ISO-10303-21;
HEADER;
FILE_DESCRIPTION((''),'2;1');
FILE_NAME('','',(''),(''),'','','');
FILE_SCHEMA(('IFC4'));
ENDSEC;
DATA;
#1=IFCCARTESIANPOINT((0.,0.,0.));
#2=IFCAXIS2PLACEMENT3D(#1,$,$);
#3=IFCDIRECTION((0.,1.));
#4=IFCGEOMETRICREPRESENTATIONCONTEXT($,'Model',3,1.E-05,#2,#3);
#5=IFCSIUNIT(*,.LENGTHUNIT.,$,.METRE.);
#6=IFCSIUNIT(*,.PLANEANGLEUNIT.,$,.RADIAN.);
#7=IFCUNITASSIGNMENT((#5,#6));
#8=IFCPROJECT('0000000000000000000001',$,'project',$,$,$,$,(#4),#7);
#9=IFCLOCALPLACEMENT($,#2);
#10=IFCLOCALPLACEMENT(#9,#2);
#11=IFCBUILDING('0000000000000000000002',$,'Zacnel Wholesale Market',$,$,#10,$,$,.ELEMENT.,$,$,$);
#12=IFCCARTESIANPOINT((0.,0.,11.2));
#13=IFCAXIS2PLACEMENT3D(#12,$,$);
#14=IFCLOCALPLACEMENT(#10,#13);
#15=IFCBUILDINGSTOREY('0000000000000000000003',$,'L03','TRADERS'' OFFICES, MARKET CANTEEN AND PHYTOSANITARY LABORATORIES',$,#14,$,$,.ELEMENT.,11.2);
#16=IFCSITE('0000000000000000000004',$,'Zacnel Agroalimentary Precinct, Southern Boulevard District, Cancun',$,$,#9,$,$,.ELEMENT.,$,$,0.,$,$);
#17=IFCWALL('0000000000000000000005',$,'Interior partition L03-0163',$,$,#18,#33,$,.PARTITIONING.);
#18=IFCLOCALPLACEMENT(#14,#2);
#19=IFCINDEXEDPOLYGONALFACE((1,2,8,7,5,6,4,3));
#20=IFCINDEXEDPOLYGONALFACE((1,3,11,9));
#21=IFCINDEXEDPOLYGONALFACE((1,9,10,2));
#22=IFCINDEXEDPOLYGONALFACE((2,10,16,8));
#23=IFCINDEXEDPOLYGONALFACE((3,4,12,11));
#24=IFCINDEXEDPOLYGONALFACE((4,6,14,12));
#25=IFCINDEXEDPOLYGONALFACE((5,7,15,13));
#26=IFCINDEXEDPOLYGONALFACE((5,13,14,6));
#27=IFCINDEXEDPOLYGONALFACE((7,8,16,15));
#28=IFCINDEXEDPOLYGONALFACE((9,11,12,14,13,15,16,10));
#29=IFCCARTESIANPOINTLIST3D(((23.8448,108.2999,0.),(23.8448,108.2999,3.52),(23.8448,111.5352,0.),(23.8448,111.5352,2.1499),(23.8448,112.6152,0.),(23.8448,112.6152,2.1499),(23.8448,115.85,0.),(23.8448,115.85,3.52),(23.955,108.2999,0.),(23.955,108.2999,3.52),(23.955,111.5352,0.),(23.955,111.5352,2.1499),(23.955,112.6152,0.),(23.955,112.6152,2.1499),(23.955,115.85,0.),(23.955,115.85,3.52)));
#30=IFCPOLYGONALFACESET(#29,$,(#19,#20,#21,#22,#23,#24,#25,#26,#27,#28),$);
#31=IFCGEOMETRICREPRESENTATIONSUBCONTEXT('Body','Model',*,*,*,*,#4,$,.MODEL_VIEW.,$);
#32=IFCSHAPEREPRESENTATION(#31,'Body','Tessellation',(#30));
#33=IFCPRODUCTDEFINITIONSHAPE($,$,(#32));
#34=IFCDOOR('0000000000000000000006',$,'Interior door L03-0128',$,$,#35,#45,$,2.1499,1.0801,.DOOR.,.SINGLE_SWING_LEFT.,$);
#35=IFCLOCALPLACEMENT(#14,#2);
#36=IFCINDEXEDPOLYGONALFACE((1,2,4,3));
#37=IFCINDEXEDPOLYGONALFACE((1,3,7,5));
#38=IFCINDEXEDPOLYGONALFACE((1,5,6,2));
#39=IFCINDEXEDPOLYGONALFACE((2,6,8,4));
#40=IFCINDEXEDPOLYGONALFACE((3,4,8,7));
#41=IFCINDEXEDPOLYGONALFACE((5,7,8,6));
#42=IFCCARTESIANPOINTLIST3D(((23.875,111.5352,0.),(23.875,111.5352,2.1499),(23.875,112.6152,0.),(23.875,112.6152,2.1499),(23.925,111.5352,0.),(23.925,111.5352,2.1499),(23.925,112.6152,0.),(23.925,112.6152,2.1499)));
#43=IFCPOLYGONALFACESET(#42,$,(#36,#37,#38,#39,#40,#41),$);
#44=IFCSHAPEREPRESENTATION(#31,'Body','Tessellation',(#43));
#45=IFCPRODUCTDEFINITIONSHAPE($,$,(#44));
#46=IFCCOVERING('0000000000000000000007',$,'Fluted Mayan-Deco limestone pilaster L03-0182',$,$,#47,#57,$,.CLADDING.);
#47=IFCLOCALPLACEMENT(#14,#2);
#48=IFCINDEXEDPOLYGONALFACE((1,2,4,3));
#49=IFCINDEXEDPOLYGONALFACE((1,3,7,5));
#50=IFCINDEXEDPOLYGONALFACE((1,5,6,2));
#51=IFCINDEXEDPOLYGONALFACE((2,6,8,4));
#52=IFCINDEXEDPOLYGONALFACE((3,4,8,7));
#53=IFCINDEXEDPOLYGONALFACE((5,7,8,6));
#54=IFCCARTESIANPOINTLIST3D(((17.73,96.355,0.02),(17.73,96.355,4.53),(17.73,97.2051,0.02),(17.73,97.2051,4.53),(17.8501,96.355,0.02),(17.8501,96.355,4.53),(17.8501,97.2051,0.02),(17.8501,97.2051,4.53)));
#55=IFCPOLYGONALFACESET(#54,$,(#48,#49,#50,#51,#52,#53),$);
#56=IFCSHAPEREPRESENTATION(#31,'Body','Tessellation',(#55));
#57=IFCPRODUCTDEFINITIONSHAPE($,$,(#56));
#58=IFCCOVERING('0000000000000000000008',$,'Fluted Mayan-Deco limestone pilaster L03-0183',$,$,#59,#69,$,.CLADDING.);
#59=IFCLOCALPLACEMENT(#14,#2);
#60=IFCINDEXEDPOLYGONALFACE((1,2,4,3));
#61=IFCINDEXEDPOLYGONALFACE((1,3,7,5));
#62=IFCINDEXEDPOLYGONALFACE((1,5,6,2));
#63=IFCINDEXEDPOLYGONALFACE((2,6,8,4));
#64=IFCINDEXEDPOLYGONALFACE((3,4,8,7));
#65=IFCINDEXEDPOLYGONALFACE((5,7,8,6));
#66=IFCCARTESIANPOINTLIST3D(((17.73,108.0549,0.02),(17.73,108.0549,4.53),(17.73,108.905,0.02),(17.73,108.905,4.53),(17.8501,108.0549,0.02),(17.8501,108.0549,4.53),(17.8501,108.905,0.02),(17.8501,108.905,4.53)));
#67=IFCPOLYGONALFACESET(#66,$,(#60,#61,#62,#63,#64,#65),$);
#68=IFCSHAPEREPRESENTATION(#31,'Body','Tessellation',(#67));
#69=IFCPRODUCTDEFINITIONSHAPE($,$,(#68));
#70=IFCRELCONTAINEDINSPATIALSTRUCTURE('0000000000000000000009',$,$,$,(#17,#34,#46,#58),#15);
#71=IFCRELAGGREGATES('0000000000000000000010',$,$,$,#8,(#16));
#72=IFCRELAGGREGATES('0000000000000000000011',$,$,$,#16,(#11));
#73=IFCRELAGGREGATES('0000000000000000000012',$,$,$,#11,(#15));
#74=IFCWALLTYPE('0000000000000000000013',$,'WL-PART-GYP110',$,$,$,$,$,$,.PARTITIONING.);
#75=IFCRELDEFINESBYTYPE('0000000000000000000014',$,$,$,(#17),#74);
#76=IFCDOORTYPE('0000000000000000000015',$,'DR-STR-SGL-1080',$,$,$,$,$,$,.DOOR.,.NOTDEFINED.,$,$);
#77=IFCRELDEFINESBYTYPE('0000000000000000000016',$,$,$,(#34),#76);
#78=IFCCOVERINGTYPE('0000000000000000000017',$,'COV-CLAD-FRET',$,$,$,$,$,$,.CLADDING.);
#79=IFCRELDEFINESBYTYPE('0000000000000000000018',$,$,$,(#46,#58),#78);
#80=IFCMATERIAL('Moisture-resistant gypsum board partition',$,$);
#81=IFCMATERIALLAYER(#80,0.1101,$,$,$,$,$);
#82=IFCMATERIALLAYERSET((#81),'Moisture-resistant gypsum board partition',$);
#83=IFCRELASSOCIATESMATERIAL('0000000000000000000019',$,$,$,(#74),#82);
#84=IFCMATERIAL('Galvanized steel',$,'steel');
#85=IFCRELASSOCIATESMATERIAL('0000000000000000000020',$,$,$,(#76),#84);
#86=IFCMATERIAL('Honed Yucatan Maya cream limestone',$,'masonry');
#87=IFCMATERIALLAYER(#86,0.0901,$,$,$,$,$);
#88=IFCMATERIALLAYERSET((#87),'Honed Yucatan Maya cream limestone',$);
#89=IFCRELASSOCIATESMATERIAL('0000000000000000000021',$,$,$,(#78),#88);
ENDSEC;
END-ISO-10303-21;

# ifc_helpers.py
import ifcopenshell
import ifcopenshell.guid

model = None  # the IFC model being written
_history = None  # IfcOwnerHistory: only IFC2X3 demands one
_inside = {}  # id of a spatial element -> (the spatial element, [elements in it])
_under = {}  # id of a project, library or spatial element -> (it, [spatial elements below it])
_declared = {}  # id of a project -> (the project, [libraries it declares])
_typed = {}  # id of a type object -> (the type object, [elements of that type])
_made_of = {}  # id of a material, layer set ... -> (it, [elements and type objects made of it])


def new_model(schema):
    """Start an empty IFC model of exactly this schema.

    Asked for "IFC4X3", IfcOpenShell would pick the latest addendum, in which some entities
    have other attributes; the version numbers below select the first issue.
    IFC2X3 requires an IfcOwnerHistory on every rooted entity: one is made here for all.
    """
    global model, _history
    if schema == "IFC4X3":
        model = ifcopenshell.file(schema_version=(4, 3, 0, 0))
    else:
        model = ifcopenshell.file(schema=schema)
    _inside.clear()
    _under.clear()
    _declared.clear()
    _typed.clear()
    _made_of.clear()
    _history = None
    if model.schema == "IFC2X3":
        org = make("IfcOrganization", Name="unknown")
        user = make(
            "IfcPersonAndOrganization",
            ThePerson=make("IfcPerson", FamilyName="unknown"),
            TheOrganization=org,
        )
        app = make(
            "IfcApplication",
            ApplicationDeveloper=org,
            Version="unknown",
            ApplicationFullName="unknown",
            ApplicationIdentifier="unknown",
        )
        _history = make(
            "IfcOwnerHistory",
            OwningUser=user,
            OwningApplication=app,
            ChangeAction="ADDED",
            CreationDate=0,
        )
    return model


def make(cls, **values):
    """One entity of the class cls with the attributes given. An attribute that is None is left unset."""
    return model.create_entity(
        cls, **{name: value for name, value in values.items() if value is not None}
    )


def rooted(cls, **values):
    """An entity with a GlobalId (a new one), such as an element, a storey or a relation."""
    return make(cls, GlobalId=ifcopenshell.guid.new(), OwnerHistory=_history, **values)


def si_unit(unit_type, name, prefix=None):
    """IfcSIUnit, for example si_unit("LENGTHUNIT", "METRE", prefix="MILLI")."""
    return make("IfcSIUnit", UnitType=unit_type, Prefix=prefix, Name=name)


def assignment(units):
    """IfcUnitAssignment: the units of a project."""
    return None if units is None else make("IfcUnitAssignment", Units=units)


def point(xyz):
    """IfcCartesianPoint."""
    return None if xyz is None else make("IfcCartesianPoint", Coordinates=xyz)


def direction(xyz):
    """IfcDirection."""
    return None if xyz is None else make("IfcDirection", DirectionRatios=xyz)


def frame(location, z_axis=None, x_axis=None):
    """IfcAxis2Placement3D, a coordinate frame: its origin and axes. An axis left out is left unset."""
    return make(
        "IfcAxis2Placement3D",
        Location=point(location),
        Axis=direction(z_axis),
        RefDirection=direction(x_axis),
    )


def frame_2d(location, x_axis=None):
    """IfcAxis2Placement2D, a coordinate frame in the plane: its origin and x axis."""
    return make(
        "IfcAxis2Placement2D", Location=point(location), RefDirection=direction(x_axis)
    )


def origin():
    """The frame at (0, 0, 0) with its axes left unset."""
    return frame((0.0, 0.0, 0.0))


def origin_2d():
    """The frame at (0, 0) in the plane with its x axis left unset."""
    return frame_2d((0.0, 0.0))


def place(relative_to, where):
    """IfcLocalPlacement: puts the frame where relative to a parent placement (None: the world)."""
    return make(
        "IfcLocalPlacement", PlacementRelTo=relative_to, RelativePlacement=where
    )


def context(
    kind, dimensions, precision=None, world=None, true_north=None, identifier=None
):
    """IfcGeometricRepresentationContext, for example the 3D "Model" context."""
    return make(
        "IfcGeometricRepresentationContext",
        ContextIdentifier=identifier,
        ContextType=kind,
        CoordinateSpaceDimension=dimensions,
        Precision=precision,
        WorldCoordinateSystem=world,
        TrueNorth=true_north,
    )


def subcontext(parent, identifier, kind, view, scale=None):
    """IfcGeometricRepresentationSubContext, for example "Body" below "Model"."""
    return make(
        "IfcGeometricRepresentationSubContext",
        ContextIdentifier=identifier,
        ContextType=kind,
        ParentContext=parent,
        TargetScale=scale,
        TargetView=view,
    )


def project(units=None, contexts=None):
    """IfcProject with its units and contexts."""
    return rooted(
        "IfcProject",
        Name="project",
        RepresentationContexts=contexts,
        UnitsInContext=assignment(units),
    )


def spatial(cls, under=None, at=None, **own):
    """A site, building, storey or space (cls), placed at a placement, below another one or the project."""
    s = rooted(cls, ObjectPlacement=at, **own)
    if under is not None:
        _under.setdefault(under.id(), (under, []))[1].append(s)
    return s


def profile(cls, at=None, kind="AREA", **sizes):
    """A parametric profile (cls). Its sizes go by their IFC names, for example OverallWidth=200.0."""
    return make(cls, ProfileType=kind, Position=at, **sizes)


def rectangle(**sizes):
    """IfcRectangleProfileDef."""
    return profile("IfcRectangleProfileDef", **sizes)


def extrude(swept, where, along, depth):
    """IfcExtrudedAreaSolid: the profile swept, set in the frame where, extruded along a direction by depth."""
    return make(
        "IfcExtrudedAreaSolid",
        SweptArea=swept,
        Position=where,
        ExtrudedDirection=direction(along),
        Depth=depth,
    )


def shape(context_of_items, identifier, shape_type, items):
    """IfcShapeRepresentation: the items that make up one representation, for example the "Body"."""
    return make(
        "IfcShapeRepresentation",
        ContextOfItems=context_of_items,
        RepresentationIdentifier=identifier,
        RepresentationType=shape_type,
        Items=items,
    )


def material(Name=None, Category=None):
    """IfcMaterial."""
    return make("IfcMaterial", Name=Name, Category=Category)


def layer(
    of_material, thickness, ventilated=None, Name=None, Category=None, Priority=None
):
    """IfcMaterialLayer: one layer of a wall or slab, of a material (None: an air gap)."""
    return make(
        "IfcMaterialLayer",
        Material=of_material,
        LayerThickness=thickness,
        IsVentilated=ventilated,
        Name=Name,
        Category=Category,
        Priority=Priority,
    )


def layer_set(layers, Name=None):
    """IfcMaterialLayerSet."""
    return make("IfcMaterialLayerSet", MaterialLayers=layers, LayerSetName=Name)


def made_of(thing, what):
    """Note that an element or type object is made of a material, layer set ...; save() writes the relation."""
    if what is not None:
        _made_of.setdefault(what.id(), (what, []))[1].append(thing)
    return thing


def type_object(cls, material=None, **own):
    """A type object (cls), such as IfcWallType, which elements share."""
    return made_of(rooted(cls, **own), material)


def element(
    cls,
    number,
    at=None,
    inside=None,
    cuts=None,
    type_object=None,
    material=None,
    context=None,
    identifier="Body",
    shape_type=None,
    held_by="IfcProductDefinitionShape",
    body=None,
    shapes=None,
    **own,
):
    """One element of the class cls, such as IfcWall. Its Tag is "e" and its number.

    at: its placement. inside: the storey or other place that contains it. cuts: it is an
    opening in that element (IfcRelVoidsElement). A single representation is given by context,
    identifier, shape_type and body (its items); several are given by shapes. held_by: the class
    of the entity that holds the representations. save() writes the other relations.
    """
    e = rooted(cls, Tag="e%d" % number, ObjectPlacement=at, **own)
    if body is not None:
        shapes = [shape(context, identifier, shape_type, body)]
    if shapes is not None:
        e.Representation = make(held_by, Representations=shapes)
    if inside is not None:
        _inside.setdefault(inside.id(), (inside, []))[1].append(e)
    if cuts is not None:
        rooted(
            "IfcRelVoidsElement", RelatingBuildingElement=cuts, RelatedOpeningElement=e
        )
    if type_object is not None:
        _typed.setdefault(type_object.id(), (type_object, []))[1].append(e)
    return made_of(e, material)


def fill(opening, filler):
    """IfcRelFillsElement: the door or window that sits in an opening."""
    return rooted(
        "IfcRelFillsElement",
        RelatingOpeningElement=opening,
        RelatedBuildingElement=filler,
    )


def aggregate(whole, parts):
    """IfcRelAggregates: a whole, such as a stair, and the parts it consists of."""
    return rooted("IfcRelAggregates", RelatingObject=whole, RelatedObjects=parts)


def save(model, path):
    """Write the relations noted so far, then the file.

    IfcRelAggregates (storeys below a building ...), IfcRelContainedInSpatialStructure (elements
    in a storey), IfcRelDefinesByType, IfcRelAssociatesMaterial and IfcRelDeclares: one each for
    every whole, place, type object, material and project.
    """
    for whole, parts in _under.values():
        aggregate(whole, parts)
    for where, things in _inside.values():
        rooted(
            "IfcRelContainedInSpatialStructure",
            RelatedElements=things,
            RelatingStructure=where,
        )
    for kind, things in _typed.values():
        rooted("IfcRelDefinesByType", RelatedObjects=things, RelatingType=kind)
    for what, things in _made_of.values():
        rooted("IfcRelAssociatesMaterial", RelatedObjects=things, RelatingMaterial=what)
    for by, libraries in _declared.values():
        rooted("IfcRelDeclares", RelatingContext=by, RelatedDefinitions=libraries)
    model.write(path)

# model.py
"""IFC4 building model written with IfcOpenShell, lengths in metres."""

from ifc_helpers import new_model, si_unit, direction, frame, frame_2d, origin, origin_2d, place, context, subcontext, project, spatial, rectangle, extrude, material, layer, layer_set, type_object, element, fill, save


model = new_model("IFC4")

# Units and contexts
model_context = context("Model", 3, precision=1e-05, world=origin(), true_north=direction((0.0, 1.0)))
body_context = subcontext(model_context, "Body", "Model", "MODEL_VIEW")
ifc_project = project(units=[si_unit("LENGTHUNIT", "METRE"), si_unit("PLANEANGLEUNIT", "RADIAN")], contexts=[model_context])

# Site, building, storey
site_placement = place(None, origin())
site = spatial("IfcSite", under=ifc_project, at=site_placement, Name="Zacnel Agroalimentary Precinct, Southern Boulevard District, Cancun", CompositionType="ELEMENT", RefElevation=0.0)
building_placement = place(site_placement, origin())
building = spatial("IfcBuilding", under=site, at=building_placement, Name="Zacnel Wholesale Market", CompositionType="ELEMENT")
storey_placement = place(building_placement, frame((0.0, 0.0, 11.2)))
storey = spatial("IfcBuildingStorey", under=building, at=storey_placement, Name="L03", Description="TRADERS' OFFICES, MARKET CANTEEN AND PHYTOSANITARY LABORATORIES", CompositionType="ELEMENT", Elevation=11.2)

# Wall, opening, door
ifc_material_1 = material(Name="Moisture-resistant gypsum board partition")
ifc_layer_1 = layer(ifc_material_1, 0.1101)
ifc_layer_set_1 = layer_set([ifc_layer_1], Name="Moisture-resistant gypsum board partition")
wall_type_1 = type_object("IfcWallType", Name="WL-PART-GYP110", PredefinedType="PARTITIONING", material=ifc_layer_set_1)
wall_1_placement = place(storey_placement, frame((23.8999, 108.3, 0.0), z_axis=(0.0, 0.0, 1.0), x_axis=(0.0, 1.0, 0.0)))
wall_1 = element("IfcWall", 1, at=wall_1_placement, inside=storey, type_object=wall_type_1, Name="Interior partition L03-0163", PredefinedType="PARTITIONING", context=body_context, shape_type="SweptSolid", body=[
    extrude(rectangle(XDim=7.55, YDim=0.1101, at=frame_2d((3.7749, 0.0))), origin(), (0.0, 0.0, 1.0), 3.52),
])
opening_1_placement = place(wall_1_placement, frame((3.2351, 0.0, 0.0)))
opening_1 = element("IfcOpeningElement", 2, at=opening_1_placement, cuts=wall_1, PredefinedType="OPENING", context=body_context, shape_type="SweptSolid", body=[
    extrude(rectangle(XDim=1.0801, YDim=2.1499, at=frame_2d((0.54, 1.075))), frame((0.0, 0.0649, 0.0), z_axis=(0.0, -1.0, 0.0), x_axis=(1.0, 0.0, 0.0)), (0.0, 0.0, 1.0), 0.1301),
])
ifc_material_2 = material(Name="Galvanized steel", Category="steel")
door_type_1 = type_object("IfcDoorType", Name="DR-STR-SGL-1080", OperationType="NOTDEFINED", PredefinedType="DOOR", material=ifc_material_2)
door_1_placement = place(opening_1_placement, origin())
door_1 = element("IfcDoor", 3, at=door_1_placement, inside=storey, type_object=door_type_1, Name="Interior door L03-0128", OperationType="SINGLE_SWING_LEFT", OverallHeight=2.1499, OverallWidth=1.0801, PredefinedType="DOOR", context=body_context, shape_type="SweptSolid", body=[
    extrude(rectangle(XDim=1.0801, YDim=2.1499, at=frame_2d((0.54, 1.075))), frame((0.0, 0.0249, 0.0), z_axis=(0.0, -1.0, 0.0), x_axis=(1.0, 0.0, 0.0)), (0.0, 0.0, 1.0), 0.05),
])
fill(opening_1, door_1)

# Coverings
ifc_material_3 = material(Name="Honed Yucatan Maya cream limestone", Category="masonry")
ifc_layer_2 = layer(ifc_material_3, 0.0901)
ifc_layer_set_2 = layer_set([ifc_layer_2], Name="Honed Yucatan Maya cream limestone")
covering_type = type_object("IfcCoveringType", Name="COV-CLAD-FRET", PredefinedType="CLADDING", material=ifc_layer_set_2)
for number, where, z_axis, x_axis, name in (
    (4, (17.79, 96.78, 0.02), (0.0, 0.0, 1.0), (0.0, 1.0, 0.0), "Fluted Mayan-Deco limestone pilaster L03-0182"),
    (5, (17.79, 108.48, 0.02), (0.0, 0.0, 1.0), (0.0, 1.0, 0.0), "Fluted Mayan-Deco limestone pilaster L03-0183"),
):
    element("IfcCovering", number, at=place(storey_placement, frame(where, z_axis=z_axis, x_axis=x_axis)), inside=storey, type_object=covering_type, Name=name, PredefinedType="CLADDING", context=body_context, shape_type="SweptSolid", body=[
        extrude(rectangle(XDim=0.8501, YDim=0.1201, at=origin_2d()), origin(), (0.0, 0.0, 1.0), 4.51),
    ])

save(model, "model.ifc")
